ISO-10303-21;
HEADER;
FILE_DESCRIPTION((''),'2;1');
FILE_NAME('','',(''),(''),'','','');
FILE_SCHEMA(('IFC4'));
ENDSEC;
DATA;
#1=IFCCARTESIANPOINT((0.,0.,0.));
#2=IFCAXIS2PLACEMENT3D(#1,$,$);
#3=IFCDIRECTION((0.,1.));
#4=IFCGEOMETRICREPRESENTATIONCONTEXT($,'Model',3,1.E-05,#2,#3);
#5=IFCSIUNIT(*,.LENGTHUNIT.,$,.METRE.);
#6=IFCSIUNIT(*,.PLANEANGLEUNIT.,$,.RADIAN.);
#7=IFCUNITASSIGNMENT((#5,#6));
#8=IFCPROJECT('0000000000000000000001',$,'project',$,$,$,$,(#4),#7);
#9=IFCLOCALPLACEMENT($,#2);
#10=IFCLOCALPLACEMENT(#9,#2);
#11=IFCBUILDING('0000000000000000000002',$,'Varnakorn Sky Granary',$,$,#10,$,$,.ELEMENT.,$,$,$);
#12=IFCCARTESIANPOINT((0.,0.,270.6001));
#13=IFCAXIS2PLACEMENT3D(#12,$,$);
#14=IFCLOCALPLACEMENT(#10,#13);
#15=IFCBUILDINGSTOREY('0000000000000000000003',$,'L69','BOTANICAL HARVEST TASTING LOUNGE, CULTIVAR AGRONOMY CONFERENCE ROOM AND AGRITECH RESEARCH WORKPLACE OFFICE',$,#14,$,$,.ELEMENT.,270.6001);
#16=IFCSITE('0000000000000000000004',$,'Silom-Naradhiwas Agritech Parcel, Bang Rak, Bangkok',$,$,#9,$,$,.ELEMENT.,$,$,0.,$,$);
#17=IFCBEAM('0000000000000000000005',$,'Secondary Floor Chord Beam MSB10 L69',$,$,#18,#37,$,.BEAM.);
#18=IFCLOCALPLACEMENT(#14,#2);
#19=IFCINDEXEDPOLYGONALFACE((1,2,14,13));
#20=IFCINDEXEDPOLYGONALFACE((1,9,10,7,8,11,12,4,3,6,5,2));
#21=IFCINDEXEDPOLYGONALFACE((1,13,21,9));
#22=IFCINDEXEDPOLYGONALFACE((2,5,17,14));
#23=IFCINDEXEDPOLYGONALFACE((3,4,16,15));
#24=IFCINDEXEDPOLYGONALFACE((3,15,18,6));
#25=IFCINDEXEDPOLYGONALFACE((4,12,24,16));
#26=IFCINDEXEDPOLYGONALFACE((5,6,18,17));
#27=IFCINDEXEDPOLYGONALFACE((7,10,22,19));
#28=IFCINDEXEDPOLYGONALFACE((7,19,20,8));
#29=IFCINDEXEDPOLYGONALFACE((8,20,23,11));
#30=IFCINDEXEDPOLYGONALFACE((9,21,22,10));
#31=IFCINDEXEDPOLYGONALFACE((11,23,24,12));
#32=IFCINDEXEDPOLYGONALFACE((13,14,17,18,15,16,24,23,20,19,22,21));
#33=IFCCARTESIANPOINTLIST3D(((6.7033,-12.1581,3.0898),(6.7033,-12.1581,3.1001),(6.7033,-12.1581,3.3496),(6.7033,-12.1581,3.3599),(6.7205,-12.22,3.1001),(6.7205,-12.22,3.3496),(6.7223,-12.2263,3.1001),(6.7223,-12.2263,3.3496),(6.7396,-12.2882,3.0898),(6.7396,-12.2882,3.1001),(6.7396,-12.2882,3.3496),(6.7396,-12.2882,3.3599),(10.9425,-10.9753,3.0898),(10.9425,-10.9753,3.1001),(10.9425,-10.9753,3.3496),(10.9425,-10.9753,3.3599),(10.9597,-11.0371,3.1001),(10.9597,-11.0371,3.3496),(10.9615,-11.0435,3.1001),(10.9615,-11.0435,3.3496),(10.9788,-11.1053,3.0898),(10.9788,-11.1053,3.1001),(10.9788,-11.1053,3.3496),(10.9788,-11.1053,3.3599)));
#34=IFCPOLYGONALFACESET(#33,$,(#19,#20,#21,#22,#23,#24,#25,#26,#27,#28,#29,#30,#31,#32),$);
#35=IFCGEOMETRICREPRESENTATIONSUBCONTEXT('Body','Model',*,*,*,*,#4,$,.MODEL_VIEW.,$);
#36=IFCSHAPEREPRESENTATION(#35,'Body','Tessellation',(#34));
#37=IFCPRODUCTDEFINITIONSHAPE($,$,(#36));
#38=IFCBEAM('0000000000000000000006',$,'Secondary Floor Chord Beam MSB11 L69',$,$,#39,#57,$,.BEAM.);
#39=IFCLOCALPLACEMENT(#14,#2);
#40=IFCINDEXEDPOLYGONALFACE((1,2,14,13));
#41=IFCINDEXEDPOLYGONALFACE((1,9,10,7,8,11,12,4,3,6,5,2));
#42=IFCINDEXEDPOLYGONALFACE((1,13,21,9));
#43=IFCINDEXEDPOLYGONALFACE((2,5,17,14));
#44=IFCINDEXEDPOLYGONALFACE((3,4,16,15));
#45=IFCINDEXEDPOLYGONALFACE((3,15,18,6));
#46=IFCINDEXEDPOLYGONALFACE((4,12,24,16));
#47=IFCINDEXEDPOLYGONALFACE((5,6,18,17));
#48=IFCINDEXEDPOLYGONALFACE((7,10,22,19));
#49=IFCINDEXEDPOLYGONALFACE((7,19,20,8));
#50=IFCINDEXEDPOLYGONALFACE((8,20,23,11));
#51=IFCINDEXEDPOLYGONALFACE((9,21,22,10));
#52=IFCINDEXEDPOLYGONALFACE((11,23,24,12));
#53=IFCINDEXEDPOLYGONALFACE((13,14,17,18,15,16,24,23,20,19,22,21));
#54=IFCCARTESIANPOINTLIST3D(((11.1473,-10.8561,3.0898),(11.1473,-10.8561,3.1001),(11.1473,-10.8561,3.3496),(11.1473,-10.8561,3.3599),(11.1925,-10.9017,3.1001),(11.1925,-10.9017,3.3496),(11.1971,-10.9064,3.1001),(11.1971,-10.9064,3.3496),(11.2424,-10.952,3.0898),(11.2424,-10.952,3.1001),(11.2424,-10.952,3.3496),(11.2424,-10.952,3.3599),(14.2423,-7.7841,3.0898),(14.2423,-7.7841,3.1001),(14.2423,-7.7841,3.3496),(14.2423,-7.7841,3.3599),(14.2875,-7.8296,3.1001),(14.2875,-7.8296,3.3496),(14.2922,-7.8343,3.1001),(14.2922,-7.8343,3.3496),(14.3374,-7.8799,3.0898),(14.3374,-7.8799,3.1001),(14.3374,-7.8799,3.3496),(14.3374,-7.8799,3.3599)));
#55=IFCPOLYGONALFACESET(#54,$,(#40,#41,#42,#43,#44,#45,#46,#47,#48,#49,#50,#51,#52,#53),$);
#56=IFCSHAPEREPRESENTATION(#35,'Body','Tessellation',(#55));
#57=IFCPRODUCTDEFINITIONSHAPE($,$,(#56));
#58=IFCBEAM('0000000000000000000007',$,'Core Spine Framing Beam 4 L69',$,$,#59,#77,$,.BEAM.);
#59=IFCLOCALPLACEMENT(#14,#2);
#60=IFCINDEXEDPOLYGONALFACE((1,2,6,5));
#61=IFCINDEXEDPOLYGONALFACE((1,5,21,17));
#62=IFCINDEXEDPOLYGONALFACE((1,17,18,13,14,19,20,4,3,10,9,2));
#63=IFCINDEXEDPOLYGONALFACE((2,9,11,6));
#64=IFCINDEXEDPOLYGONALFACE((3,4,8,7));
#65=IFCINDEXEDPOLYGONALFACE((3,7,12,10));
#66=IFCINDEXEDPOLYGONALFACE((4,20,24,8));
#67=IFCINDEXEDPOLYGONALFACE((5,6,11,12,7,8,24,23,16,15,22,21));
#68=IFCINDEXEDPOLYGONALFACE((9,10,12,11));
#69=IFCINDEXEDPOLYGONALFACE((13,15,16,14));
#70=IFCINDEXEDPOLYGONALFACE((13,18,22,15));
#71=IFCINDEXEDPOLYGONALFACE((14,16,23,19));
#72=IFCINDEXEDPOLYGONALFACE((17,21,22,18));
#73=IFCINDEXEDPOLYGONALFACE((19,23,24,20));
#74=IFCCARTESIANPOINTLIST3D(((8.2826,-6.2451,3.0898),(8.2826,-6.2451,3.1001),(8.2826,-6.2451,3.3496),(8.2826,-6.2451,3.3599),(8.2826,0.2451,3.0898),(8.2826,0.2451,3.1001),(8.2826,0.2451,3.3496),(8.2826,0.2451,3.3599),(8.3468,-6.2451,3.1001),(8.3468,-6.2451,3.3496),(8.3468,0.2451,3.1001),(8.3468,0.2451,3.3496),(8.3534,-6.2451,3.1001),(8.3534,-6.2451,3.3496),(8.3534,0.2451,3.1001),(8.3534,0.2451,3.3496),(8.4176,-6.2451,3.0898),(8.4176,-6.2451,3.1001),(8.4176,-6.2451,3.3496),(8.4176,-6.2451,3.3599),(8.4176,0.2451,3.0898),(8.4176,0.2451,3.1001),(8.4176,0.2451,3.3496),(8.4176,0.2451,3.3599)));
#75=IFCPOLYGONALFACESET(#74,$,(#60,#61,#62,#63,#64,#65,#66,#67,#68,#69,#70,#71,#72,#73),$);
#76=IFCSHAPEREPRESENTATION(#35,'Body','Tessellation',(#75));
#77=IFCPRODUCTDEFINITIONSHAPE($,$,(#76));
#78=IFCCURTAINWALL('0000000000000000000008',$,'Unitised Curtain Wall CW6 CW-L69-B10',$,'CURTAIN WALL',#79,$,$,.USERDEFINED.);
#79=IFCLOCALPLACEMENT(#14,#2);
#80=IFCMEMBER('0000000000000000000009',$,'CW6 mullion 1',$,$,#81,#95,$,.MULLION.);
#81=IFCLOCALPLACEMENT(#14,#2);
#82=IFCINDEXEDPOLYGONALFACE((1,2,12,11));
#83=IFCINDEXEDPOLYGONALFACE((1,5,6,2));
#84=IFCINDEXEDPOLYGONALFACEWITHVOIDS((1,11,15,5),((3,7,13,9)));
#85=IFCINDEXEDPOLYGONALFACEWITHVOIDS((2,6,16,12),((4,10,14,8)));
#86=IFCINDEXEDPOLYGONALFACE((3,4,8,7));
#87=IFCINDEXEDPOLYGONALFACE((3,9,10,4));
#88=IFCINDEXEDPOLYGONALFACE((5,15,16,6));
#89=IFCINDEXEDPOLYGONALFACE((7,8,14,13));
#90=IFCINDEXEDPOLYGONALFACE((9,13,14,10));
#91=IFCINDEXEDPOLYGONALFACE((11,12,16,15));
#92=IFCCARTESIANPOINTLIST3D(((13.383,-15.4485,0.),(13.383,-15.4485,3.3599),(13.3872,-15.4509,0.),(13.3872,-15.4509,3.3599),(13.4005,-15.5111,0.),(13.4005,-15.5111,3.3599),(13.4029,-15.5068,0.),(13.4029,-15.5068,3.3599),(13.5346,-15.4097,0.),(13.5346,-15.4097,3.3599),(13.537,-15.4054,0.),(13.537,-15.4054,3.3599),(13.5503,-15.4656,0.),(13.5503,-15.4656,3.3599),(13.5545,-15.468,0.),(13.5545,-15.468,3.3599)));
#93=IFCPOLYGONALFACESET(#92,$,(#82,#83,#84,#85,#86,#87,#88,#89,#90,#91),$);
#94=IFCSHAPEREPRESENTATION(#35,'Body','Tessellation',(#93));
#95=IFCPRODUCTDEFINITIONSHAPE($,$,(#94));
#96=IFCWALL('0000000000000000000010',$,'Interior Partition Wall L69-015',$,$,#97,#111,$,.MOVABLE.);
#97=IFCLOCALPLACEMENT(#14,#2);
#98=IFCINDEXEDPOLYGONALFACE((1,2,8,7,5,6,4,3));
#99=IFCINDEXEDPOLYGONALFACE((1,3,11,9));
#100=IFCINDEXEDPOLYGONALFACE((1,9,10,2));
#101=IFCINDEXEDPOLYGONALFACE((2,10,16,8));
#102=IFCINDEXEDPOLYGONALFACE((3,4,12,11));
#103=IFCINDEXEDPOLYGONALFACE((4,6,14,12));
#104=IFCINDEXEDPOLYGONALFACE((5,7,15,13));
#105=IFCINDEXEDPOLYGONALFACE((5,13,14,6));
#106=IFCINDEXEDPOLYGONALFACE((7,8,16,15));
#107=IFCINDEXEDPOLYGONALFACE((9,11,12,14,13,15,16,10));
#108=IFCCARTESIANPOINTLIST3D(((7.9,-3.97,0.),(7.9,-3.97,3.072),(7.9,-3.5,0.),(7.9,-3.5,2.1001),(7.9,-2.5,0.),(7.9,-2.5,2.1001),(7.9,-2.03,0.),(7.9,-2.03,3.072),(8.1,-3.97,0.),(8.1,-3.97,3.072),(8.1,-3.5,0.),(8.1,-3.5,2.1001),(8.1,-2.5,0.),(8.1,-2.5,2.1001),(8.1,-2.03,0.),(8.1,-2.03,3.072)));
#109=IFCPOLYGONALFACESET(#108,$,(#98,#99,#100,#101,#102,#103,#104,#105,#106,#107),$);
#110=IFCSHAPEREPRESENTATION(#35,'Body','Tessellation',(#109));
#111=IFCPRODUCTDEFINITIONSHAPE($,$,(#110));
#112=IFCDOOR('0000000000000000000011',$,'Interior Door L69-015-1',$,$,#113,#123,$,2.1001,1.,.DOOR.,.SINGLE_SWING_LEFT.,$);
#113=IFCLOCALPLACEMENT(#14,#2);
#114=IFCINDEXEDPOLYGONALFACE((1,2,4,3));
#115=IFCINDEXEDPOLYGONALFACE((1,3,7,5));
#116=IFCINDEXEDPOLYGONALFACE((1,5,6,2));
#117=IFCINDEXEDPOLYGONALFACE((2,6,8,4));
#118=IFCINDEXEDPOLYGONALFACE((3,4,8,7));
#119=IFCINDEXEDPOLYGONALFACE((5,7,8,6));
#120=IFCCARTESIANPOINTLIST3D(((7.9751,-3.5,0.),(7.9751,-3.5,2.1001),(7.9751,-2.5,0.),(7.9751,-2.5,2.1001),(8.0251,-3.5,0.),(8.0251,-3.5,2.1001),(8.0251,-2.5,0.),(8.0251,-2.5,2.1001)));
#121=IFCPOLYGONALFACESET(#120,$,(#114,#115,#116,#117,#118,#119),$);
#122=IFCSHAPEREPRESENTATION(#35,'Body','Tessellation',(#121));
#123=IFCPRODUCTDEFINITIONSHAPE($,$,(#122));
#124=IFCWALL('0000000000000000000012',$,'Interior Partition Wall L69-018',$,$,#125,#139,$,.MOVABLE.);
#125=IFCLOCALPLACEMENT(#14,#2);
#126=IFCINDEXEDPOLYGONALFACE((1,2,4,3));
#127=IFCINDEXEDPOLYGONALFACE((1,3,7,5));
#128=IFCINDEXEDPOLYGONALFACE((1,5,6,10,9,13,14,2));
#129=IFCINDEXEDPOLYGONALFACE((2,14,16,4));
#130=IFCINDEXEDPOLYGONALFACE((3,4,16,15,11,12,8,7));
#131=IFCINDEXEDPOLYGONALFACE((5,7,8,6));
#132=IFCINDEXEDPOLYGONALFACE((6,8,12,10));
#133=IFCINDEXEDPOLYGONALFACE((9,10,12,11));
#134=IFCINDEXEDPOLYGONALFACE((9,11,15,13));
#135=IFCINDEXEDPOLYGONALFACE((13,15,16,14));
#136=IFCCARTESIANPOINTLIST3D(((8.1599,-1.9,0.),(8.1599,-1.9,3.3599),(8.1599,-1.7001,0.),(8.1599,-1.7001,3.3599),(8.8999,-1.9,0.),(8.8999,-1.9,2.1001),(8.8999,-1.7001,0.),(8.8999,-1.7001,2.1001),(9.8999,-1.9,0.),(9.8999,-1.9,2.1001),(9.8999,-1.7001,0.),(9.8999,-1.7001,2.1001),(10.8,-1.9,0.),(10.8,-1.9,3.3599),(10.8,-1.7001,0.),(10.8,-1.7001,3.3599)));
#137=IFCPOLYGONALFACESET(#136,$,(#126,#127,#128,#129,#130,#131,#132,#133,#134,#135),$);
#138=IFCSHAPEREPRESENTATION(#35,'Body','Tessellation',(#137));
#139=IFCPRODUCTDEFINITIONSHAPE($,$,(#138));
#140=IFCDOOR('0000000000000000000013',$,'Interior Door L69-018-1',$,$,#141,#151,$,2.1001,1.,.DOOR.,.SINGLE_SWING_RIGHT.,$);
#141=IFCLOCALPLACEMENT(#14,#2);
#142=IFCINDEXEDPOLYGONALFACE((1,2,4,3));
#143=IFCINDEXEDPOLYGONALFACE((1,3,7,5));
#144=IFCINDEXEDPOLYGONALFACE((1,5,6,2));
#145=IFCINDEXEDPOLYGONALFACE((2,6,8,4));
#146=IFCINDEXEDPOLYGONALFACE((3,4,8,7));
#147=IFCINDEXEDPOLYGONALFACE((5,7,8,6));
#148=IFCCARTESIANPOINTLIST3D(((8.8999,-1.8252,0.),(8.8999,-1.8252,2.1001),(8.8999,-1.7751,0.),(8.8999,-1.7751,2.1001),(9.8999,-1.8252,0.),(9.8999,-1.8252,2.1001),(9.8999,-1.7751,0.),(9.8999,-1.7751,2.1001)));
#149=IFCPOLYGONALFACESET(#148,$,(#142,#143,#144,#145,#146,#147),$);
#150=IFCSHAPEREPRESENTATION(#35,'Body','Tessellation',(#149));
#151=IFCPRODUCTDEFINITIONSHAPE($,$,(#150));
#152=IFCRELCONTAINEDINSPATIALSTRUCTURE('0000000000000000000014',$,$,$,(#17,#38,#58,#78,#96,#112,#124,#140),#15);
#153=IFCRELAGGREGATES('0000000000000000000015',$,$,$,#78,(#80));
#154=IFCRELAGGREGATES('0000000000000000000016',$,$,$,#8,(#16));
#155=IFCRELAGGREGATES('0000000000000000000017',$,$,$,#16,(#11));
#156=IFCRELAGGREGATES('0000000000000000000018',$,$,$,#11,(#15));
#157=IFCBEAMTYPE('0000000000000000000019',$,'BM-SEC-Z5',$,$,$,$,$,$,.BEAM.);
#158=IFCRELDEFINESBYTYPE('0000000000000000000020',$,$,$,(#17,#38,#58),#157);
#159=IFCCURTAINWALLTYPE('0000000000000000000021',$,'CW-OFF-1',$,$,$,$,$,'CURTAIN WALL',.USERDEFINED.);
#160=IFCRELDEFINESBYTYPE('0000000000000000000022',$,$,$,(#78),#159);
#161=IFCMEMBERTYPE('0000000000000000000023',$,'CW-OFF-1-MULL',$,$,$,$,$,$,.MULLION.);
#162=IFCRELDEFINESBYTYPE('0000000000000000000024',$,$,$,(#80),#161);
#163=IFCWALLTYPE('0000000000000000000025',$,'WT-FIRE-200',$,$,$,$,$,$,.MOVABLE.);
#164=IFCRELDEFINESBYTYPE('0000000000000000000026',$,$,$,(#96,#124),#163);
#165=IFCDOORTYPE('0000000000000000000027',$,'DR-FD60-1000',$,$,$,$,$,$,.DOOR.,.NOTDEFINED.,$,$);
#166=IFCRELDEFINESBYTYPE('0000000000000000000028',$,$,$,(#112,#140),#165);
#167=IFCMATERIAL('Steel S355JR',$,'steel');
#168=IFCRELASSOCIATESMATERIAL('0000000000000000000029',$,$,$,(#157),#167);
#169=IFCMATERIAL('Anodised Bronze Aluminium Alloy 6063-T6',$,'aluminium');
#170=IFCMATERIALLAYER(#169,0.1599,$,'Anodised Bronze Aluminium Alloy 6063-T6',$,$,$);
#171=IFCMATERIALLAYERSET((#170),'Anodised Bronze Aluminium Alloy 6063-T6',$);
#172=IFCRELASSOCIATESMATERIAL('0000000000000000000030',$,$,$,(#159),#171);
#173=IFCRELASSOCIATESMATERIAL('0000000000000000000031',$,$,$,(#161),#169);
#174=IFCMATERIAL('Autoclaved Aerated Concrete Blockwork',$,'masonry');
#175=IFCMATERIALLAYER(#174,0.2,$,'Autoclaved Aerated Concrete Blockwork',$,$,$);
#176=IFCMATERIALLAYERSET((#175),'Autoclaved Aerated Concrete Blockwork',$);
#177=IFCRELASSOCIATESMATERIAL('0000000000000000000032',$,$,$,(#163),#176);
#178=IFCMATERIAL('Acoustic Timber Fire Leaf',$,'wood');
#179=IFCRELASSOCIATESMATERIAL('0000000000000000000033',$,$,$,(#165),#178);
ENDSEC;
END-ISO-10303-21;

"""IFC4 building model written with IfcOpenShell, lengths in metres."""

from ifc_helpers import new_model, si_unit, direction, frame, frame_2d, origin, origin_2d, place, context, subcontext, project, spatial, rectangle, hollow_rectangle, i_section, extrude, material, layer, layer_set, material_profile, profile_set, type_object, element, fill, aggregate, save


model = new_model("IFC4")

# Units and contexts
model_context = context("Model", 3, precision=1e-05, world=origin(), true_north=direction((0.0, 1.0)))
body_context = subcontext(model_context, "Body", "Model", "MODEL_VIEW")
ifc_project = project(units=[si_unit("LENGTHUNIT", "METRE"), si_unit("PLANEANGLEUNIT", "RADIAN")], contexts=[model_context])

# Site, building, storey
site_placement = place(None, origin())
site = spatial("IfcSite", under=ifc_project, at=site_placement, Name="Silom-Naradhiwas Agritech Parcel, Bang Rak, Bangkok", CompositionType="ELEMENT", RefElevation=0.0)
building_placement = place(site_placement, origin())
building = spatial("IfcBuilding", under=site, at=building_placement, Name="Varnakorn Sky Granary", CompositionType="ELEMENT")
storey_placement = place(building_placement, frame((0.0, 0.0, 270.6001)))
storey = spatial("IfcBuildingStorey", under=building, at=storey_placement, Name="L69", Description="BOTANICAL HARVEST TASTING LOUNGE, CULTIVAR AGRONOMY CONFERENCE ROOM AND AGRITECH RESEARCH WORKPLACE OFFICE", CompositionType="ELEMENT", Elevation=270.6001)

# Beams
ifc_material_1 = material(Name="Steel S355JR", Category="steel")
ifc_material_profile_1 = material_profile(ifc_material_1, i_section(OverallWidth=0.135, OverallDepth=0.27, WebThickness=0.0066, FlangeThickness=0.0103, at=origin_2d()), Name="IPE 270")
ifc_profile_set_1 = profile_set([ifc_material_profile_1], Name="Steel S355JR")
beam_type_1 = type_object("IfcBeamType", Name="BM-SEC-Z5", PredefinedType="BEAM", material=ifc_profile_set_1)
beam_1_placement = place(storey_placement, frame((6.7214, -12.2231, 3.2249), z_axis=(0.963207, 0.268759, 0.0), x_axis=(-0.268759, 0.963207, 0.0)))
element("IfcBeam", 1, at=beam_1_placement, inside=storey, type_object=beam_type_1, Name="Secondary Floor Chord Beam MSB10 L69", PredefinedType="BEAM", context=body_context, shape_type="SweptSolid", body=[
    extrude(i_section(OverallWidth=0.135, OverallDepth=0.27, WebThickness=0.0066, FlangeThickness=0.0103, at=origin_2d()), origin(), (0.0, 0.0, 1.0), 4.4011),
])
beam_2_placement = place(storey_placement, frame((11.1948, -10.9041, 3.2249), z_axis=(0.709733, 0.704471, 0.0), x_axis=(-0.704471, 0.709733, 0.0)))
element("IfcBeam", 2, at=beam_2_placement, inside=storey, type_object=beam_type_1, Name="Secondary Floor Chord Beam MSB11 L69", PredefinedType="BEAM", context=body_context, shape_type="SweptSolid", body=[
    extrude(i_section(OverallWidth=0.135, OverallDepth=0.27, WebThickness=0.0066, FlangeThickness=0.0103, at=origin_2d()), origin(), (0.0, 0.0, 1.0), 4.3608),
])
beam_3_placement = place(storey_placement, frame((8.3501, 0.2451, 3.2249), z_axis=(0.0, -1.0, 0.0), x_axis=(1.0, 0.0, 0.0)))
element("IfcBeam", 3, at=beam_3_placement, inside=storey, type_object=beam_type_1, Name="Core Spine Framing Beam 4 L69", PredefinedType="BEAM", context=body_context, shape_type="SweptSolid", body=[
    extrude(i_section(OverallWidth=0.135, OverallDepth=0.27, WebThickness=0.0066, FlangeThickness=0.0103, at=origin_2d()), origin(), (0.0, 0.0, 1.0), 6.4902),
])

# Curtain wall, member
ifc_material_2 = material(Name="Anodised Bronze Aluminium Alloy 6063-T6", Category="aluminium")
ifc_layer_1 = layer(ifc_material_2, 0.1599, Name="Anodised Bronze Aluminium Alloy 6063-T6")
ifc_layer_set_1 = layer_set([ifc_layer_1], Name="Anodised Bronze Aluminium Alloy 6063-T6")
curtain_wall_type = type_object("IfcCurtainWallType", Name="CW-OFF-1", ElementType="CURTAIN WALL", PredefinedType="USERDEFINED", material=ifc_layer_set_1)
curtain_wall_placement = place(storey_placement, origin())
curtain_wall = element("IfcCurtainWall", 4, at=curtain_wall_placement, inside=storey, type_object=curtain_wall_type, Name="Unitised Curtain Wall CW6 CW-L69-B10", ObjectType="CURTAIN WALL", PredefinedType="USERDEFINED")
ifc_material_profile_2 = material_profile(ifc_material_2, hollow_rectangle(XDim=0.0649, YDim=0.1599, WallThickness=0.0034, at=origin_2d()), Name="ALU MULL 65x160")
ifc_profile_set_2 = profile_set([ifc_material_profile_2], Name="Anodised Bronze Aluminium Alloy 6063-T6")
member_type = type_object("IfcMemberType", Name="CW-OFF-1-MULL", PredefinedType="MULLION", material=ifc_profile_set_2)
member_placement = place(storey_placement, frame((13.4688, -15.4583, 0.0), z_axis=(0.0, 0.0, 1.0), x_axis=(0.269379, -0.963034, 0.0)))
member = element("IfcMember", 5, at=member_placement, type_object=member_type, Name="CW6 mullion 1", PredefinedType="MULLION", context=body_context, shape_type="SweptSolid", body=[
    extrude(hollow_rectangle(XDim=0.0649, YDim=0.1599, WallThickness=0.0034, at=origin_2d()), origin(), (0.0, 0.0, 1.0), 3.3599),
])
aggregate(curtain_wall, [member])

# Walls, openings, doors
ifc_material_3 = material(Name="Autoclaved Aerated Concrete Blockwork", Category="masonry")
ifc_layer_2 = layer(ifc_material_3, 0.2, Name="Autoclaved Aerated Concrete Blockwork")
ifc_layer_set_2 = layer_set([ifc_layer_2], Name="Autoclaved Aerated Concrete Blockwork")
wall_type_1 = type_object("IfcWallType", Name="WT-FIRE-200", PredefinedType="MOVABLE", material=ifc_layer_set_2)
wall_1_placement = place(storey_placement, frame((8.0, -3.97, 0.0), z_axis=(0.0, 0.0, 1.0), x_axis=(0.0, 1.0, 0.0)))
wall_1 = element("IfcWall", 6, at=wall_1_placement, inside=storey, type_object=wall_type_1, Name="Interior Partition Wall L69-015", PredefinedType="MOVABLE", context=body_context, shape_type="SweptSolid", body=[
    extrude(rectangle(XDim=1.9399, YDim=0.2, at=frame_2d((0.97, 0.0))), origin(), (0.0, 0.0, 1.0), 3.072),
])
opening_1_placement = place(wall_1_placement, frame((0.47, 0.0, 0.0)))
opening_1 = element("IfcOpeningElement", 7, at=opening_1_placement, cuts=wall_1, PredefinedType="OPENING", context=body_context, shape_type="SweptSolid", body=[
    extrude(rectangle(XDim=1.0, YDim=2.1001, at=frame_2d((0.5, 1.05))), frame((0.0, 0.1099, 0.0), z_axis=(0.0, -1.0, 0.0), x_axis=(1.0, 0.0, 0.0)), (0.0, 0.0, 1.0), 0.22),
])
ifc_material_4 = material(Name="Acoustic Timber Fire Leaf", Category="wood")
door_type_1 = type_object("IfcDoorType", Name="DR-FD60-1000", OperationType="NOTDEFINED", PredefinedType="DOOR", material=ifc_material_4)
door_1_placement = place(opening_1_placement, origin())
door_1 = element("IfcDoor", 8, at=door_1_placement, inside=storey, type_object=door_type_1, Name="Interior Door L69-015-1", OperationType="SINGLE_SWING_LEFT", OverallHeight=2.1001, OverallWidth=1.0, PredefinedType="DOOR", context=body_context, shape_type="SweptSolid", body=[
    extrude(rectangle(XDim=1.0, YDim=2.1001, at=frame_2d((0.5, 1.05))), frame((0.0, 0.0249, 0.0), z_axis=(0.0, -1.0, 0.0), x_axis=(1.0, 0.0, 0.0)), (0.0, 0.0, 1.0), 0.05),
])
fill(opening_1, door_1)
wall_2_placement = place(storey_placement, frame((8.1599, -1.8, 0.0), z_axis=(0.0, 0.0, 1.0), x_axis=(1.0, 0.0, 0.0)))
wall_2 = element("IfcWall", 9, at=wall_2_placement, inside=storey, type_object=wall_type_1, Name="Interior Partition Wall L69-018", PredefinedType="MOVABLE", context=body_context, shape_type="SweptSolid", body=[
    extrude(rectangle(XDim=2.6401, YDim=0.2, at=frame_2d((1.3201, 0.0))), origin(), (0.0, 0.0, 1.0), 3.3599),
])
opening_2_placement = place(wall_2_placement, frame((0.74, 0.0, 0.0)))
opening_2 = element("IfcOpeningElement", 10, at=opening_2_placement, cuts=wall_2, PredefinedType="OPENING", context=body_context, shape_type="SweptSolid", body=[
    extrude(rectangle(XDim=1.0, YDim=2.1001, at=frame_2d((0.5, 1.05))), frame((0.0, 0.1099, 0.0), z_axis=(0.0, -1.0, 0.0), x_axis=(1.0, 0.0, 0.0)), (0.0, 0.0, 1.0), 0.22),
])
door_2_placement = place(opening_2_placement, origin())
door_2 = element("IfcDoor", 11, at=door_2_placement, inside=storey, type_object=door_type_1, Name="Interior Door L69-018-1", OperationType="SINGLE_SWING_RIGHT", OverallHeight=2.1001, OverallWidth=1.0, PredefinedType="DOOR", context=body_context, shape_type="SweptSolid", body=[
    extrude(rectangle(XDim=1.0, YDim=2.1001, at=frame_2d((0.5, 1.05))), frame((0.0, 0.0249, 0.0), z_axis=(0.0, -1.0, 0.0), x_axis=(1.0, 0.0, 0.0)), (0.0, 0.0, 1.0), 0.05),
])
fill(opening_2, door_2)

save(model, "model.ifc")
